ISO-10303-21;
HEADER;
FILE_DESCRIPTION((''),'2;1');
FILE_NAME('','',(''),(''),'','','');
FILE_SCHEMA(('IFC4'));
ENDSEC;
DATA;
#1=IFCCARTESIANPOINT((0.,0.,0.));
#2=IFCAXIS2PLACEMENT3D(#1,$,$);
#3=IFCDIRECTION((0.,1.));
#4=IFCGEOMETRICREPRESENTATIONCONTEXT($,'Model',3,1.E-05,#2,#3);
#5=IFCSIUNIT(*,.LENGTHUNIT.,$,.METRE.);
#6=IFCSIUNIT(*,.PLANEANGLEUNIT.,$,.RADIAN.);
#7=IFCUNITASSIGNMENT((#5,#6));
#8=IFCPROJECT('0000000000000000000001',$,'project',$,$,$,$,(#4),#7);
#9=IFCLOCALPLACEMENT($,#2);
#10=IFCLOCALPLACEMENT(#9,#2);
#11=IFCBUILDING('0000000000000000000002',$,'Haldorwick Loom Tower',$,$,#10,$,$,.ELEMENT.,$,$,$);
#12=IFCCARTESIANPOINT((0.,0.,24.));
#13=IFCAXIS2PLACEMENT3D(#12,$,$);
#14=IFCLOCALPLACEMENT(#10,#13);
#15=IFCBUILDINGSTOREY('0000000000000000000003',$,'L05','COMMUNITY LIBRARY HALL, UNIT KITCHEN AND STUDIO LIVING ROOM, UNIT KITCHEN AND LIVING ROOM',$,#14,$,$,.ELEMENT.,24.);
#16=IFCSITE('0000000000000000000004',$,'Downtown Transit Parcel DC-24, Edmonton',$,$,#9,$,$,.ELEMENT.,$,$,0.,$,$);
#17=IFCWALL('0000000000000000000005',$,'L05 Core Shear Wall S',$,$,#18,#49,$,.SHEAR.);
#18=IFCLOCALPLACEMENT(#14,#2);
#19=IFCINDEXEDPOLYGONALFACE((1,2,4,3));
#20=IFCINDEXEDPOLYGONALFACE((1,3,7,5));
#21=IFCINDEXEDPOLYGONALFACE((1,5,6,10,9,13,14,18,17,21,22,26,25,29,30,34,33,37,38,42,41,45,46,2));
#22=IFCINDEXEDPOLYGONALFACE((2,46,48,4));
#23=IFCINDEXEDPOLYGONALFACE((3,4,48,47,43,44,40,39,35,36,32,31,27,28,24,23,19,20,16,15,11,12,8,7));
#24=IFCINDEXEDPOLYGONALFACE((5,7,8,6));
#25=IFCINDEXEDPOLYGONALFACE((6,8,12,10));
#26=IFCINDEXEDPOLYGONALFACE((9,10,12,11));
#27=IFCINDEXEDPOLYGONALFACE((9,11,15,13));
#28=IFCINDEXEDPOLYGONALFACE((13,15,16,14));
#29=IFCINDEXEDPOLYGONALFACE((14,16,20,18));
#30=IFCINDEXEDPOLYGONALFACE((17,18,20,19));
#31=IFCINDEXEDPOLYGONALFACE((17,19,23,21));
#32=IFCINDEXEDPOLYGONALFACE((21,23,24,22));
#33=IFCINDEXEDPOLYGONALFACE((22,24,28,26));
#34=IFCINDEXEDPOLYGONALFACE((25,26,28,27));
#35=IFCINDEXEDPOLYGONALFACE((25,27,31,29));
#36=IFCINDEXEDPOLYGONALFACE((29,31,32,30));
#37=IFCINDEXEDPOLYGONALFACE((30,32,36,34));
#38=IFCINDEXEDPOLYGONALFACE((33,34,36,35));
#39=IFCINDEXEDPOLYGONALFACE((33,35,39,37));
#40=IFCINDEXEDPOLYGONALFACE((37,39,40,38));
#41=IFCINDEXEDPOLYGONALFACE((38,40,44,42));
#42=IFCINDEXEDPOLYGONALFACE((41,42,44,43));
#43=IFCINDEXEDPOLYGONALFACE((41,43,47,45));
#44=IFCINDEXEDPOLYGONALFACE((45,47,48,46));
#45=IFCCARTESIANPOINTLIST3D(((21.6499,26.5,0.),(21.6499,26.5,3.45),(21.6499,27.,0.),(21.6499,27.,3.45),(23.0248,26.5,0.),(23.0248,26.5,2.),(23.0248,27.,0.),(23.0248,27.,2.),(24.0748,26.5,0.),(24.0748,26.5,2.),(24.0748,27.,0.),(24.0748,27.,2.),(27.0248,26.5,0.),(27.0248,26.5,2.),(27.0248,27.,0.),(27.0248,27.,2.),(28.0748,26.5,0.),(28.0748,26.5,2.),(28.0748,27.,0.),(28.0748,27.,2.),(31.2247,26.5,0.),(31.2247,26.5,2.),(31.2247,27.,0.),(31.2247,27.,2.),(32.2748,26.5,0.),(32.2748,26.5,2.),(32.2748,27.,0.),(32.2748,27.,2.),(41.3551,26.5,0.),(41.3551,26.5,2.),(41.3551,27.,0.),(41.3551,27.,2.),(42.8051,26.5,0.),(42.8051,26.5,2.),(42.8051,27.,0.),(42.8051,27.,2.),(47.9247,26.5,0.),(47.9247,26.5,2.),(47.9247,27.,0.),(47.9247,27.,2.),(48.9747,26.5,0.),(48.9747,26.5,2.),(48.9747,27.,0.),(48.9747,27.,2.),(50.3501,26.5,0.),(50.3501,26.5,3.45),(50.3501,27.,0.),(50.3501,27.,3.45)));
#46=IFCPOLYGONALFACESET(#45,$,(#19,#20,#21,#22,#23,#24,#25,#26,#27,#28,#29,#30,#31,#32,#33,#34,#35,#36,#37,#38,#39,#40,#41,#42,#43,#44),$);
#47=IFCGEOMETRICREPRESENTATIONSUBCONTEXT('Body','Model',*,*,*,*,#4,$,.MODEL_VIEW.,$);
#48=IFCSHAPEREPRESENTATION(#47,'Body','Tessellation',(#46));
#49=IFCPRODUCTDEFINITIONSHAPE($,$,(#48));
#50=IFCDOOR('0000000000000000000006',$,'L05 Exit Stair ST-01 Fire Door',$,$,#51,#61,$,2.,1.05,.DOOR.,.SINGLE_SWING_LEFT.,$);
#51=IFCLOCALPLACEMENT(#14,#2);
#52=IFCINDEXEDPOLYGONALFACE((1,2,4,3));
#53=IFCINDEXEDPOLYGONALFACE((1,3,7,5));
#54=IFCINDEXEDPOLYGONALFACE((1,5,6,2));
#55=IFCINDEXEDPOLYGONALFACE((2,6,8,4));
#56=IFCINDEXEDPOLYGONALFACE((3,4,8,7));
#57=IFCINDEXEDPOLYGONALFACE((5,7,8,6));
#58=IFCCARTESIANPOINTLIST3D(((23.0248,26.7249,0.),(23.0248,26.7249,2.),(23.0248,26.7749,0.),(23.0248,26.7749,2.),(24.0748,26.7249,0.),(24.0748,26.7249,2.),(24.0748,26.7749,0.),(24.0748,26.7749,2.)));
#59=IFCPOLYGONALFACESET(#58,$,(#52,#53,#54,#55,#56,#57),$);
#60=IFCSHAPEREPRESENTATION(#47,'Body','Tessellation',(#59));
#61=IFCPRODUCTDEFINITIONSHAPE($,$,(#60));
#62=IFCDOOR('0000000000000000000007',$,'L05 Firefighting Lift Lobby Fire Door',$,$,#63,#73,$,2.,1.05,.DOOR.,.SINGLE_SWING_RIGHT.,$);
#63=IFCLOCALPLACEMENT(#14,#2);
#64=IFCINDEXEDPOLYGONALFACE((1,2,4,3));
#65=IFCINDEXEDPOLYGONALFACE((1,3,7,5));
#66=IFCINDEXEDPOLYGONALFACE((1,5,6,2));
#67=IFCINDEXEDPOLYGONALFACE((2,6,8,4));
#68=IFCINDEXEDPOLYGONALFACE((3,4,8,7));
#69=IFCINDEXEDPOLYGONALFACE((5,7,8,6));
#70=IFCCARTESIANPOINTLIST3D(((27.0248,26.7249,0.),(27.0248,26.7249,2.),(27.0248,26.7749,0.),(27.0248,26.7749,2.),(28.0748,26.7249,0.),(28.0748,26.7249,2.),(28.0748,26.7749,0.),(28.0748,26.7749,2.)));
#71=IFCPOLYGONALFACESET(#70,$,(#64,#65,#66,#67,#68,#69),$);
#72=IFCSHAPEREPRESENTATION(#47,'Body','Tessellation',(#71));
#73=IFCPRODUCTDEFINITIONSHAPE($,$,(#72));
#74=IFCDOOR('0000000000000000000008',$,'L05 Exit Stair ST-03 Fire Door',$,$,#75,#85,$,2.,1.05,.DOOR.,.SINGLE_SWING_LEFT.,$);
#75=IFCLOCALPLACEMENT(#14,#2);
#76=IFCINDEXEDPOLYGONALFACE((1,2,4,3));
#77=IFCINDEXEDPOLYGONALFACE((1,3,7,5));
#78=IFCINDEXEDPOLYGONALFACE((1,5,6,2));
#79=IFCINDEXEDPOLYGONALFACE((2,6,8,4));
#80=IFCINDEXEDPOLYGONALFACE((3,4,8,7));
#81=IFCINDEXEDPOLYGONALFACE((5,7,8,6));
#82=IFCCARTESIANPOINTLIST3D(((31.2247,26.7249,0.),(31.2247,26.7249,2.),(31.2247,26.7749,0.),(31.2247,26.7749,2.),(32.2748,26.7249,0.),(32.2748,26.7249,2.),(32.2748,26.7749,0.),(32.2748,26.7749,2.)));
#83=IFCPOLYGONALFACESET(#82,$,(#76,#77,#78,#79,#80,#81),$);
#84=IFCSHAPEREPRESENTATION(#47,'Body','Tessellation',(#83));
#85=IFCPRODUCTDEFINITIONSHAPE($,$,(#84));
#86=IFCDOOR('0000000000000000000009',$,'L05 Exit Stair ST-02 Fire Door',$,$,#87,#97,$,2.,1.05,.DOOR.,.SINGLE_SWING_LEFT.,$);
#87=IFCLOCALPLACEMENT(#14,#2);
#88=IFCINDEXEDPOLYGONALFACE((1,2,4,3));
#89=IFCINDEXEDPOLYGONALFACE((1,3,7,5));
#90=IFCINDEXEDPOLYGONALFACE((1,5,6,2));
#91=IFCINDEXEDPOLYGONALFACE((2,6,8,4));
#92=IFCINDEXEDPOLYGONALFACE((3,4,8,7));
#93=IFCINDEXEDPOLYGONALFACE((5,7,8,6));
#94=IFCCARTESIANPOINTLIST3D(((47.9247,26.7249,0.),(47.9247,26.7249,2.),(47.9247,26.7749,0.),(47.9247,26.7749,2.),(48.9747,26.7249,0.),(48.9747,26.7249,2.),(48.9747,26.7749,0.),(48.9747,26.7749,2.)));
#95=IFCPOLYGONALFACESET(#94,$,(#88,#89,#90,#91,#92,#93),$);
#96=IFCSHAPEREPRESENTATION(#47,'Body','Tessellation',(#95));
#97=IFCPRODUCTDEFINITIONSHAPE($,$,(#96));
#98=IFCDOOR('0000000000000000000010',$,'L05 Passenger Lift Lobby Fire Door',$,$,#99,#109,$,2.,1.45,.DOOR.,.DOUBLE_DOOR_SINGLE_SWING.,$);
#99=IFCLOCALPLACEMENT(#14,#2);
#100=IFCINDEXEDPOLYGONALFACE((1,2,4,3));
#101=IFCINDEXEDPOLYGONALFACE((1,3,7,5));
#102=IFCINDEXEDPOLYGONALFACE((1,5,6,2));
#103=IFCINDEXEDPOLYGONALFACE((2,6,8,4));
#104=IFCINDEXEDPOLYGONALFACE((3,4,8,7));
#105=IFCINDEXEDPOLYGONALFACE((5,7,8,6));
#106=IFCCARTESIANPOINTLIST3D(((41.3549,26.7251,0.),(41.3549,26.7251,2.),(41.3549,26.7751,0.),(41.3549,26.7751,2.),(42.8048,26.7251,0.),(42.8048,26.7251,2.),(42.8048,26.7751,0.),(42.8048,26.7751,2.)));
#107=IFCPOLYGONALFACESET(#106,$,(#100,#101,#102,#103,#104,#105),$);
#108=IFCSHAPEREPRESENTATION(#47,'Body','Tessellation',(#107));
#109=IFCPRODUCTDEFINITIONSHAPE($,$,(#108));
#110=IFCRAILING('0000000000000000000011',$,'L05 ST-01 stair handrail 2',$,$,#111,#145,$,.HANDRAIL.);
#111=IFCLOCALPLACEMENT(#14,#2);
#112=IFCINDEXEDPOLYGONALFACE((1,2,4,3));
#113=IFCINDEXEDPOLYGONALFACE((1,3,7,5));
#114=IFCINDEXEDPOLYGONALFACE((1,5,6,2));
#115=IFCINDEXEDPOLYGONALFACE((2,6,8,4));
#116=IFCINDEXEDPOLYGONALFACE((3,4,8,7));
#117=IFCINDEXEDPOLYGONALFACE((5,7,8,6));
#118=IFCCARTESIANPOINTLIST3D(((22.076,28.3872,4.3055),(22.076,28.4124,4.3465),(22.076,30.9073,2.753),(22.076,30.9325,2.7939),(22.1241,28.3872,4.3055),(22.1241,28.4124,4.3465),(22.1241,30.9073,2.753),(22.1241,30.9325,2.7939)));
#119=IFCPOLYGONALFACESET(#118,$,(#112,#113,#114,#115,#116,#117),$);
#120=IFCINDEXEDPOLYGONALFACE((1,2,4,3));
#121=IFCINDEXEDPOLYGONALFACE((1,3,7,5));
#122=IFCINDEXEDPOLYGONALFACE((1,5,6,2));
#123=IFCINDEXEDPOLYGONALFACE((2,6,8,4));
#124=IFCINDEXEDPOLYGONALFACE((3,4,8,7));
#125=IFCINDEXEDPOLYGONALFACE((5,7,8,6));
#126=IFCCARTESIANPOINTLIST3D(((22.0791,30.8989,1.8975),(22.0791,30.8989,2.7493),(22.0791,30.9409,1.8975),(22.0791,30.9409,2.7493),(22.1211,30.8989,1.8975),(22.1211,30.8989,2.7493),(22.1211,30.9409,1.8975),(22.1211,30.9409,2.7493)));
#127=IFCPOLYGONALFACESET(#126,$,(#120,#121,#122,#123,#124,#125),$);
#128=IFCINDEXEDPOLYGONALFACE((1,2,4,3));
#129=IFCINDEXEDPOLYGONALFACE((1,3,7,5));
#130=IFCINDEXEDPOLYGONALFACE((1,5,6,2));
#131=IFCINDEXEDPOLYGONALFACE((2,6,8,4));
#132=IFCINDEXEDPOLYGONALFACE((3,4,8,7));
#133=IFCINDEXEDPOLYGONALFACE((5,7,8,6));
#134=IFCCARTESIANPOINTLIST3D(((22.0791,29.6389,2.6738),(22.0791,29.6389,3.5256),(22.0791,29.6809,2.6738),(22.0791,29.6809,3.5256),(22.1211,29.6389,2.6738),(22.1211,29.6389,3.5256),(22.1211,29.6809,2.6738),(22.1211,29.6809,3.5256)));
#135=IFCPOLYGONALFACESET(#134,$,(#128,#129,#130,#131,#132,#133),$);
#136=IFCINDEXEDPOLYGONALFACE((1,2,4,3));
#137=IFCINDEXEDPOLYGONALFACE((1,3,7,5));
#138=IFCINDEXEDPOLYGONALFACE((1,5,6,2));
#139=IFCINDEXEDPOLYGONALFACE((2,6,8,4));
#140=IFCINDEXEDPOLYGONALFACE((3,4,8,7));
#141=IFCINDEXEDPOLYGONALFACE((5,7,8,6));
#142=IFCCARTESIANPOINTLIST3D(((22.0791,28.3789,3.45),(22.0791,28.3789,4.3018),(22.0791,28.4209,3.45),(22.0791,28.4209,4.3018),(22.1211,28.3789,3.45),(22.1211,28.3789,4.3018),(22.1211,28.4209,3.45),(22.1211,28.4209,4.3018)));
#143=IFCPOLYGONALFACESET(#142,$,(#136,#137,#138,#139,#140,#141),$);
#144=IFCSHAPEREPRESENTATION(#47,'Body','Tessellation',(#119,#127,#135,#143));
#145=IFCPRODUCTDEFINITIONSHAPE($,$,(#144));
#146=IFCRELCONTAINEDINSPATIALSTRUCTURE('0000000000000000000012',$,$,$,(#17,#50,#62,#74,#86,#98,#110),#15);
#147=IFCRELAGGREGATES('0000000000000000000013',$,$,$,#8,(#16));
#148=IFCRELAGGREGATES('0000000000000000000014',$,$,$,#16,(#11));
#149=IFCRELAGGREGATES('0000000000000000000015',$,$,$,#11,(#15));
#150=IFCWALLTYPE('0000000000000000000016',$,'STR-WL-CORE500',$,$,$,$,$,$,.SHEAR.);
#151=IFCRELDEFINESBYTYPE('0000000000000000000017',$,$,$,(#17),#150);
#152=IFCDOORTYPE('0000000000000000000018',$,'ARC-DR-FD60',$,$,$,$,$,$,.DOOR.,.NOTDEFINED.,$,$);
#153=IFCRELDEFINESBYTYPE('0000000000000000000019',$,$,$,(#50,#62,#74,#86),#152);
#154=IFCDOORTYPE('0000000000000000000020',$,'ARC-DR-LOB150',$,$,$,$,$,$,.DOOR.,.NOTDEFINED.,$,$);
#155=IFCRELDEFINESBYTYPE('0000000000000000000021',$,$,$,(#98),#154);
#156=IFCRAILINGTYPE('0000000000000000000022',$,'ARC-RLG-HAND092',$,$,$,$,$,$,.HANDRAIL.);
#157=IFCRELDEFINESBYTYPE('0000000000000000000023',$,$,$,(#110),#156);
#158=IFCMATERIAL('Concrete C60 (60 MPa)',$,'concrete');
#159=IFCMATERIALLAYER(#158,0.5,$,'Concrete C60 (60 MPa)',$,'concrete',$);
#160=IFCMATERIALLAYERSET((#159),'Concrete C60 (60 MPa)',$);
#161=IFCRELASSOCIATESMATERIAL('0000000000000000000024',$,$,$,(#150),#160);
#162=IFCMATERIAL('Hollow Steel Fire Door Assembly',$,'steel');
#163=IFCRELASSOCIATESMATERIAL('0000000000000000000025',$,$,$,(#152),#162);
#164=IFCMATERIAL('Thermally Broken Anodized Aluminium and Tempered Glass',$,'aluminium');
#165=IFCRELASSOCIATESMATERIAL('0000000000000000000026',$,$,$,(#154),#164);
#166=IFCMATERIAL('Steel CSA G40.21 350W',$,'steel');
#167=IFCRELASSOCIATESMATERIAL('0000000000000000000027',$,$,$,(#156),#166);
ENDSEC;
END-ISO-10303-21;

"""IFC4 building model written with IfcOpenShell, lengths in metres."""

from ifc_helpers import new_model, si_unit, direction, frame, frame_2d, origin, origin_2d, place, context, subcontext, project, spatial, rectangle, extrude, material, layer, layer_set, type_object, element, fill, save


model = new_model("IFC4")

# Units and contexts
model_context = context("Model", 3, precision=1e-05, world=origin(), true_north=direction((0.0, 1.0)))
body_context = subcontext(model_context, "Body", "Model", "MODEL_VIEW")
ifc_project = project(units=[si_unit("LENGTHUNIT", "METRE"), si_unit("PLANEANGLEUNIT", "RADIAN")], contexts=[model_context])

# Site, building, storey
site_placement = place(None, origin())
site = spatial("IfcSite", under=ifc_project, at=site_placement, Name="Downtown Transit Parcel DC-24, Edmonton", CompositionType="ELEMENT", RefElevation=0.0)
building_placement = place(site_placement, origin())
building = spatial("IfcBuilding", under=site, at=building_placement, Name="Haldorwick Loom Tower", CompositionType="ELEMENT")
storey_placement = place(building_placement, frame((0.0, 0.0, 24.0)))
storey = spatial("IfcBuildingStorey", under=building, at=storey_placement, Name="L05", Description="COMMUNITY LIBRARY HALL, UNIT KITCHEN AND STUDIO LIVING ROOM, UNIT KITCHEN AND LIVING ROOM", CompositionType="ELEMENT", Elevation=24.0)

# Shared definitions
ifc_material_1 = material(Name="Concrete C60 (60 MPa)", Category="concrete")

# Shared definitions
ifc_material_2 = material(Name="Steel CSA G40.21 350W", Category="steel")

# Shared definitions
ifc_material_3 = material(Name="Thermally Broken Anodized Aluminium and Tempered Glass", Category="aluminium")
ifc_material_4 = material(Name="Hollow Steel Fire Door Assembly", Category="steel")

# Wall, openings, doors
ifc_layer_1 = layer(ifc_material_1, 0.5, Name="Concrete C60 (60 MPa)", Category="concrete")
ifc_layer_set_1 = layer_set([ifc_layer_1], Name="Concrete C60 (60 MPa)")
wall_type_1 = type_object("IfcWallType", Name="STR-WL-CORE500", PredefinedType="SHEAR", material=ifc_layer_set_1)
wall_1_placement = place(storey_placement, frame((21.6499, 26.75, 0.0), z_axis=(0.0, 0.0, 1.0), x_axis=(1.0, 0.0, 0.0)))
wall_1 = element("IfcWall", 1, at=wall_1_placement, inside=storey, type_object=wall_type_1, Name="L05 Core Shear Wall S", PredefinedType="SHEAR", context=body_context, shape_type="SweptSolid", body=[
    extrude(rectangle(XDim=28.7002, YDim=0.5, at=frame_2d((14.3501, 0.0))), origin(), (0.0, 0.0, 1.0), 3.45),
])
opening_1_placement = place(wall_1_placement, frame((1.375, 0.0, 0.0)))
opening_1 = element("IfcOpeningElement", 2, at=opening_1_placement, cuts=wall_1, PredefinedType="OPENING", context=body_context, shape_type="SweptSolid", body=[
    extrude(rectangle(XDim=1.05, YDim=2.0, at=frame_2d((0.5249, 1.0))), frame((0.0, 0.26, 0.0), z_axis=(0.0, -1.0, 0.0), x_axis=(1.0, 0.0, 0.0)), (0.0, 0.0, 1.0), 0.52),
])
opening_2_placement = place(wall_1_placement, frame((5.375, 0.0, 0.0)))
opening_2 = element("IfcOpeningElement", 3, at=opening_2_placement, cuts=wall_1, PredefinedType="OPENING", context=body_context, shape_type="SweptSolid", body=[
    extrude(rectangle(XDim=1.05, YDim=2.0, at=frame_2d((0.5249, 1.0))), frame((0.0, 0.26, 0.0), z_axis=(0.0, -1.0, 0.0), x_axis=(1.0, 0.0, 0.0)), (0.0, 0.0, 1.0), 0.52),
])
opening_3_placement = place(wall_1_placement, frame((9.575, 0.0, 0.0)))
opening_3 = element("IfcOpeningElement", 4, at=opening_3_placement, cuts=wall_1, PredefinedType="OPENING", context=body_context, shape_type="SweptSolid", body=[
    extrude(rectangle(XDim=1.05, YDim=2.0, at=frame_2d((0.5249, 1.0))), frame((0.0, 0.26, 0.0), z_axis=(0.0, -1.0, 0.0), x_axis=(1.0, 0.0, 0.0)), (0.0, 0.0, 1.0), 0.52),
])
opening_4_placement = place(wall_1_placement, frame((19.7051, 0.0, 0.0)))
opening_4 = element("IfcOpeningElement", 5, at=opening_4_placement, cuts=wall_1, PredefinedType="OPENING", context=body_context, shape_type="SweptSolid", body=[
    extrude(rectangle(XDim=1.45, YDim=2.0, at=frame_2d((0.7251, 1.0))), frame((0.0, 0.26, 0.0), z_axis=(0.0, -1.0, 0.0), x_axis=(1.0, 0.0, 0.0)), (0.0, 0.0, 1.0), 0.52),
])
opening_5_placement = place(wall_1_placement, frame((26.2749, 0.0, 0.0)))
opening_5 = element("IfcOpeningElement", 6, at=opening_5_placement, cuts=wall_1, PredefinedType="OPENING", context=body_context, shape_type="SweptSolid", body=[
    extrude(rectangle(XDim=1.05, YDim=2.0, at=frame_2d((0.5249, 1.0))), frame((0.0, 0.26, 0.0), z_axis=(0.0, -1.0, 0.0), x_axis=(1.0, 0.0, 0.0)), (0.0, 0.0, 1.0), 0.52),
])
door_type_1 = type_object("IfcDoorType", Name="ARC-DR-FD60", OperationType="NOTDEFINED", PredefinedType="DOOR", material=ifc_material_4)
door_1_placement = place(opening_1_placement, origin())
door_1 = element("IfcDoor", 7, at=door_1_placement, inside=storey, type_object=door_type_1, Name="L05 Exit Stair ST-01 Fire Door", OperationType="SINGLE_SWING_LEFT", OverallHeight=2.0, OverallWidth=1.05, PredefinedType="DOOR", context=body_context, shape_type="SweptSolid", body=[
    extrude(rectangle(XDim=1.05, YDim=2.0, at=frame_2d((0.5249, 1.0))), frame((0.0, 0.0249, 0.0), z_axis=(0.0, -1.0, 0.0), x_axis=(1.0, 0.0, 0.0)), (0.0, 0.0, 1.0), 0.05),
])
fill(opening_1, door_1)
door_2_placement = place(opening_2_placement, origin())
door_2 = element("IfcDoor", 8, at=door_2_placement, inside=storey, type_object=door_type_1, Name="L05 Firefighting Lift Lobby Fire Door", OperationType="SINGLE_SWING_RIGHT", OverallHeight=2.0, OverallWidth=1.05, PredefinedType="DOOR", context=body_context, shape_type="SweptSolid", body=[
    extrude(rectangle(XDim=1.05, YDim=2.0, at=frame_2d((0.5249, 1.0))), frame((0.0, 0.0249, 0.0), z_axis=(0.0, -1.0, 0.0), x_axis=(1.0, 0.0, 0.0)), (0.0, 0.0, 1.0), 0.05),
])
fill(opening_2, door_2)
door_3_placement = place(opening_3_placement, origin())
door_3 = element("IfcDoor", 9, at=door_3_placement, inside=storey, type_object=door_type_1, Name="L05 Exit Stair ST-03 Fire Door", OperationType="SINGLE_SWING_LEFT", OverallHeight=2.0, OverallWidth=1.05, PredefinedType="DOOR", context=body_context, shape_type="SweptSolid", body=[
    extrude(rectangle(XDim=1.05, YDim=2.0, at=frame_2d((0.5249, 1.0))), frame((0.0, 0.0249, 0.0), z_axis=(0.0, -1.0, 0.0), x_axis=(1.0, 0.0, 0.0)), (0.0, 0.0, 1.0), 0.05),
])
fill(opening_3, door_3)
door_4_placement = place(opening_5_placement, origin())
door_4 = element("IfcDoor", 10, at=door_4_placement, inside=storey, type_object=door_type_1, Name="L05 Exit Stair ST-02 Fire Door", OperationType="SINGLE_SWING_LEFT", OverallHeight=2.0, OverallWidth=1.05, PredefinedType="DOOR", context=body_context, shape_type="SweptSolid", body=[
    extrude(rectangle(XDim=1.05, YDim=2.0, at=frame_2d((0.5249, 1.0))), frame((0.0, 0.0249, 0.0), z_axis=(0.0, -1.0, 0.0), x_axis=(1.0, 0.0, 0.0)), (0.0, 0.0, 1.0), 0.05),
])
fill(opening_5, door_4)
door_type_2 = type_object("IfcDoorType", Name="ARC-DR-LOB150", OperationType="NOTDEFINED", PredefinedType="DOOR", material=ifc_material_3)
door_5_placement = place(opening_4_placement, frame((1.45, 0.0, 0.0), z_axis=(0.0, 0.0, 1.0), x_axis=(-1.0, 0.0, 0.0)))
door_5 = element("IfcDoor", 11, at=door_5_placement, inside=storey, type_object=door_type_2, Name="L05 Passenger Lift Lobby Fire Door", OperationType="DOUBLE_DOOR_SINGLE_SWING", OverallHeight=2.0, OverallWidth=1.45, PredefinedType="DOOR", context=body_context, shape_type="SweptSolid", body=[
    extrude(rectangle(XDim=1.45, YDim=2.0, at=frame_2d((0.7251, 1.0))), frame((0.0, 0.0249, 0.0), z_axis=(0.0, -1.0, 0.0), x_axis=(1.0, 0.0, 0.0)), (0.0, 0.0, 1.0), 0.05),
])
fill(opening_4, door_5)

# Railing
railing_type = type_object("IfcRailingType", Name="ARC-RLG-HAND092", PredefinedType="HANDRAIL", material=ifc_material_2)
railing_placement = place(storey_placement, frame((22.1001, 30.9199, 1.8975)))
element("IfcRailing", 12, at=railing_placement, inside=storey, type_object=railing_type, Name="L05 ST-01 stair handrail 2", PredefinedType="HANDRAIL", context=body_context, shape_type="SweptSolid", body=[
    extrude(rectangle(XDim=0.0481, YDim=0.0481, at=origin_2d()), frame((0.0, 0.0, 0.876), z_axis=(0.0, -0.8514, 0.524516), x_axis=(1.0, 0.0, 0.0)), (0.0, 0.0, 1.0), 2.96),
    extrude(rectangle(XDim=0.042, YDim=0.042, at=origin_2d()), origin(), (0.0, 0.0, 1.0), 0.8518),
    extrude(rectangle(XDim=0.042, YDim=0.042, at=origin_2d()), frame((0.0, -1.26, 0.7764)), (0.0, 0.0, 1.0), 0.8518),
    extrude(rectangle(XDim=0.042, YDim=0.042, at=origin_2d()), frame((0.0, -2.52, 1.5525)), (0.0, 0.0, 1.0), 0.8518),
])

save(model, "model.ifc")
